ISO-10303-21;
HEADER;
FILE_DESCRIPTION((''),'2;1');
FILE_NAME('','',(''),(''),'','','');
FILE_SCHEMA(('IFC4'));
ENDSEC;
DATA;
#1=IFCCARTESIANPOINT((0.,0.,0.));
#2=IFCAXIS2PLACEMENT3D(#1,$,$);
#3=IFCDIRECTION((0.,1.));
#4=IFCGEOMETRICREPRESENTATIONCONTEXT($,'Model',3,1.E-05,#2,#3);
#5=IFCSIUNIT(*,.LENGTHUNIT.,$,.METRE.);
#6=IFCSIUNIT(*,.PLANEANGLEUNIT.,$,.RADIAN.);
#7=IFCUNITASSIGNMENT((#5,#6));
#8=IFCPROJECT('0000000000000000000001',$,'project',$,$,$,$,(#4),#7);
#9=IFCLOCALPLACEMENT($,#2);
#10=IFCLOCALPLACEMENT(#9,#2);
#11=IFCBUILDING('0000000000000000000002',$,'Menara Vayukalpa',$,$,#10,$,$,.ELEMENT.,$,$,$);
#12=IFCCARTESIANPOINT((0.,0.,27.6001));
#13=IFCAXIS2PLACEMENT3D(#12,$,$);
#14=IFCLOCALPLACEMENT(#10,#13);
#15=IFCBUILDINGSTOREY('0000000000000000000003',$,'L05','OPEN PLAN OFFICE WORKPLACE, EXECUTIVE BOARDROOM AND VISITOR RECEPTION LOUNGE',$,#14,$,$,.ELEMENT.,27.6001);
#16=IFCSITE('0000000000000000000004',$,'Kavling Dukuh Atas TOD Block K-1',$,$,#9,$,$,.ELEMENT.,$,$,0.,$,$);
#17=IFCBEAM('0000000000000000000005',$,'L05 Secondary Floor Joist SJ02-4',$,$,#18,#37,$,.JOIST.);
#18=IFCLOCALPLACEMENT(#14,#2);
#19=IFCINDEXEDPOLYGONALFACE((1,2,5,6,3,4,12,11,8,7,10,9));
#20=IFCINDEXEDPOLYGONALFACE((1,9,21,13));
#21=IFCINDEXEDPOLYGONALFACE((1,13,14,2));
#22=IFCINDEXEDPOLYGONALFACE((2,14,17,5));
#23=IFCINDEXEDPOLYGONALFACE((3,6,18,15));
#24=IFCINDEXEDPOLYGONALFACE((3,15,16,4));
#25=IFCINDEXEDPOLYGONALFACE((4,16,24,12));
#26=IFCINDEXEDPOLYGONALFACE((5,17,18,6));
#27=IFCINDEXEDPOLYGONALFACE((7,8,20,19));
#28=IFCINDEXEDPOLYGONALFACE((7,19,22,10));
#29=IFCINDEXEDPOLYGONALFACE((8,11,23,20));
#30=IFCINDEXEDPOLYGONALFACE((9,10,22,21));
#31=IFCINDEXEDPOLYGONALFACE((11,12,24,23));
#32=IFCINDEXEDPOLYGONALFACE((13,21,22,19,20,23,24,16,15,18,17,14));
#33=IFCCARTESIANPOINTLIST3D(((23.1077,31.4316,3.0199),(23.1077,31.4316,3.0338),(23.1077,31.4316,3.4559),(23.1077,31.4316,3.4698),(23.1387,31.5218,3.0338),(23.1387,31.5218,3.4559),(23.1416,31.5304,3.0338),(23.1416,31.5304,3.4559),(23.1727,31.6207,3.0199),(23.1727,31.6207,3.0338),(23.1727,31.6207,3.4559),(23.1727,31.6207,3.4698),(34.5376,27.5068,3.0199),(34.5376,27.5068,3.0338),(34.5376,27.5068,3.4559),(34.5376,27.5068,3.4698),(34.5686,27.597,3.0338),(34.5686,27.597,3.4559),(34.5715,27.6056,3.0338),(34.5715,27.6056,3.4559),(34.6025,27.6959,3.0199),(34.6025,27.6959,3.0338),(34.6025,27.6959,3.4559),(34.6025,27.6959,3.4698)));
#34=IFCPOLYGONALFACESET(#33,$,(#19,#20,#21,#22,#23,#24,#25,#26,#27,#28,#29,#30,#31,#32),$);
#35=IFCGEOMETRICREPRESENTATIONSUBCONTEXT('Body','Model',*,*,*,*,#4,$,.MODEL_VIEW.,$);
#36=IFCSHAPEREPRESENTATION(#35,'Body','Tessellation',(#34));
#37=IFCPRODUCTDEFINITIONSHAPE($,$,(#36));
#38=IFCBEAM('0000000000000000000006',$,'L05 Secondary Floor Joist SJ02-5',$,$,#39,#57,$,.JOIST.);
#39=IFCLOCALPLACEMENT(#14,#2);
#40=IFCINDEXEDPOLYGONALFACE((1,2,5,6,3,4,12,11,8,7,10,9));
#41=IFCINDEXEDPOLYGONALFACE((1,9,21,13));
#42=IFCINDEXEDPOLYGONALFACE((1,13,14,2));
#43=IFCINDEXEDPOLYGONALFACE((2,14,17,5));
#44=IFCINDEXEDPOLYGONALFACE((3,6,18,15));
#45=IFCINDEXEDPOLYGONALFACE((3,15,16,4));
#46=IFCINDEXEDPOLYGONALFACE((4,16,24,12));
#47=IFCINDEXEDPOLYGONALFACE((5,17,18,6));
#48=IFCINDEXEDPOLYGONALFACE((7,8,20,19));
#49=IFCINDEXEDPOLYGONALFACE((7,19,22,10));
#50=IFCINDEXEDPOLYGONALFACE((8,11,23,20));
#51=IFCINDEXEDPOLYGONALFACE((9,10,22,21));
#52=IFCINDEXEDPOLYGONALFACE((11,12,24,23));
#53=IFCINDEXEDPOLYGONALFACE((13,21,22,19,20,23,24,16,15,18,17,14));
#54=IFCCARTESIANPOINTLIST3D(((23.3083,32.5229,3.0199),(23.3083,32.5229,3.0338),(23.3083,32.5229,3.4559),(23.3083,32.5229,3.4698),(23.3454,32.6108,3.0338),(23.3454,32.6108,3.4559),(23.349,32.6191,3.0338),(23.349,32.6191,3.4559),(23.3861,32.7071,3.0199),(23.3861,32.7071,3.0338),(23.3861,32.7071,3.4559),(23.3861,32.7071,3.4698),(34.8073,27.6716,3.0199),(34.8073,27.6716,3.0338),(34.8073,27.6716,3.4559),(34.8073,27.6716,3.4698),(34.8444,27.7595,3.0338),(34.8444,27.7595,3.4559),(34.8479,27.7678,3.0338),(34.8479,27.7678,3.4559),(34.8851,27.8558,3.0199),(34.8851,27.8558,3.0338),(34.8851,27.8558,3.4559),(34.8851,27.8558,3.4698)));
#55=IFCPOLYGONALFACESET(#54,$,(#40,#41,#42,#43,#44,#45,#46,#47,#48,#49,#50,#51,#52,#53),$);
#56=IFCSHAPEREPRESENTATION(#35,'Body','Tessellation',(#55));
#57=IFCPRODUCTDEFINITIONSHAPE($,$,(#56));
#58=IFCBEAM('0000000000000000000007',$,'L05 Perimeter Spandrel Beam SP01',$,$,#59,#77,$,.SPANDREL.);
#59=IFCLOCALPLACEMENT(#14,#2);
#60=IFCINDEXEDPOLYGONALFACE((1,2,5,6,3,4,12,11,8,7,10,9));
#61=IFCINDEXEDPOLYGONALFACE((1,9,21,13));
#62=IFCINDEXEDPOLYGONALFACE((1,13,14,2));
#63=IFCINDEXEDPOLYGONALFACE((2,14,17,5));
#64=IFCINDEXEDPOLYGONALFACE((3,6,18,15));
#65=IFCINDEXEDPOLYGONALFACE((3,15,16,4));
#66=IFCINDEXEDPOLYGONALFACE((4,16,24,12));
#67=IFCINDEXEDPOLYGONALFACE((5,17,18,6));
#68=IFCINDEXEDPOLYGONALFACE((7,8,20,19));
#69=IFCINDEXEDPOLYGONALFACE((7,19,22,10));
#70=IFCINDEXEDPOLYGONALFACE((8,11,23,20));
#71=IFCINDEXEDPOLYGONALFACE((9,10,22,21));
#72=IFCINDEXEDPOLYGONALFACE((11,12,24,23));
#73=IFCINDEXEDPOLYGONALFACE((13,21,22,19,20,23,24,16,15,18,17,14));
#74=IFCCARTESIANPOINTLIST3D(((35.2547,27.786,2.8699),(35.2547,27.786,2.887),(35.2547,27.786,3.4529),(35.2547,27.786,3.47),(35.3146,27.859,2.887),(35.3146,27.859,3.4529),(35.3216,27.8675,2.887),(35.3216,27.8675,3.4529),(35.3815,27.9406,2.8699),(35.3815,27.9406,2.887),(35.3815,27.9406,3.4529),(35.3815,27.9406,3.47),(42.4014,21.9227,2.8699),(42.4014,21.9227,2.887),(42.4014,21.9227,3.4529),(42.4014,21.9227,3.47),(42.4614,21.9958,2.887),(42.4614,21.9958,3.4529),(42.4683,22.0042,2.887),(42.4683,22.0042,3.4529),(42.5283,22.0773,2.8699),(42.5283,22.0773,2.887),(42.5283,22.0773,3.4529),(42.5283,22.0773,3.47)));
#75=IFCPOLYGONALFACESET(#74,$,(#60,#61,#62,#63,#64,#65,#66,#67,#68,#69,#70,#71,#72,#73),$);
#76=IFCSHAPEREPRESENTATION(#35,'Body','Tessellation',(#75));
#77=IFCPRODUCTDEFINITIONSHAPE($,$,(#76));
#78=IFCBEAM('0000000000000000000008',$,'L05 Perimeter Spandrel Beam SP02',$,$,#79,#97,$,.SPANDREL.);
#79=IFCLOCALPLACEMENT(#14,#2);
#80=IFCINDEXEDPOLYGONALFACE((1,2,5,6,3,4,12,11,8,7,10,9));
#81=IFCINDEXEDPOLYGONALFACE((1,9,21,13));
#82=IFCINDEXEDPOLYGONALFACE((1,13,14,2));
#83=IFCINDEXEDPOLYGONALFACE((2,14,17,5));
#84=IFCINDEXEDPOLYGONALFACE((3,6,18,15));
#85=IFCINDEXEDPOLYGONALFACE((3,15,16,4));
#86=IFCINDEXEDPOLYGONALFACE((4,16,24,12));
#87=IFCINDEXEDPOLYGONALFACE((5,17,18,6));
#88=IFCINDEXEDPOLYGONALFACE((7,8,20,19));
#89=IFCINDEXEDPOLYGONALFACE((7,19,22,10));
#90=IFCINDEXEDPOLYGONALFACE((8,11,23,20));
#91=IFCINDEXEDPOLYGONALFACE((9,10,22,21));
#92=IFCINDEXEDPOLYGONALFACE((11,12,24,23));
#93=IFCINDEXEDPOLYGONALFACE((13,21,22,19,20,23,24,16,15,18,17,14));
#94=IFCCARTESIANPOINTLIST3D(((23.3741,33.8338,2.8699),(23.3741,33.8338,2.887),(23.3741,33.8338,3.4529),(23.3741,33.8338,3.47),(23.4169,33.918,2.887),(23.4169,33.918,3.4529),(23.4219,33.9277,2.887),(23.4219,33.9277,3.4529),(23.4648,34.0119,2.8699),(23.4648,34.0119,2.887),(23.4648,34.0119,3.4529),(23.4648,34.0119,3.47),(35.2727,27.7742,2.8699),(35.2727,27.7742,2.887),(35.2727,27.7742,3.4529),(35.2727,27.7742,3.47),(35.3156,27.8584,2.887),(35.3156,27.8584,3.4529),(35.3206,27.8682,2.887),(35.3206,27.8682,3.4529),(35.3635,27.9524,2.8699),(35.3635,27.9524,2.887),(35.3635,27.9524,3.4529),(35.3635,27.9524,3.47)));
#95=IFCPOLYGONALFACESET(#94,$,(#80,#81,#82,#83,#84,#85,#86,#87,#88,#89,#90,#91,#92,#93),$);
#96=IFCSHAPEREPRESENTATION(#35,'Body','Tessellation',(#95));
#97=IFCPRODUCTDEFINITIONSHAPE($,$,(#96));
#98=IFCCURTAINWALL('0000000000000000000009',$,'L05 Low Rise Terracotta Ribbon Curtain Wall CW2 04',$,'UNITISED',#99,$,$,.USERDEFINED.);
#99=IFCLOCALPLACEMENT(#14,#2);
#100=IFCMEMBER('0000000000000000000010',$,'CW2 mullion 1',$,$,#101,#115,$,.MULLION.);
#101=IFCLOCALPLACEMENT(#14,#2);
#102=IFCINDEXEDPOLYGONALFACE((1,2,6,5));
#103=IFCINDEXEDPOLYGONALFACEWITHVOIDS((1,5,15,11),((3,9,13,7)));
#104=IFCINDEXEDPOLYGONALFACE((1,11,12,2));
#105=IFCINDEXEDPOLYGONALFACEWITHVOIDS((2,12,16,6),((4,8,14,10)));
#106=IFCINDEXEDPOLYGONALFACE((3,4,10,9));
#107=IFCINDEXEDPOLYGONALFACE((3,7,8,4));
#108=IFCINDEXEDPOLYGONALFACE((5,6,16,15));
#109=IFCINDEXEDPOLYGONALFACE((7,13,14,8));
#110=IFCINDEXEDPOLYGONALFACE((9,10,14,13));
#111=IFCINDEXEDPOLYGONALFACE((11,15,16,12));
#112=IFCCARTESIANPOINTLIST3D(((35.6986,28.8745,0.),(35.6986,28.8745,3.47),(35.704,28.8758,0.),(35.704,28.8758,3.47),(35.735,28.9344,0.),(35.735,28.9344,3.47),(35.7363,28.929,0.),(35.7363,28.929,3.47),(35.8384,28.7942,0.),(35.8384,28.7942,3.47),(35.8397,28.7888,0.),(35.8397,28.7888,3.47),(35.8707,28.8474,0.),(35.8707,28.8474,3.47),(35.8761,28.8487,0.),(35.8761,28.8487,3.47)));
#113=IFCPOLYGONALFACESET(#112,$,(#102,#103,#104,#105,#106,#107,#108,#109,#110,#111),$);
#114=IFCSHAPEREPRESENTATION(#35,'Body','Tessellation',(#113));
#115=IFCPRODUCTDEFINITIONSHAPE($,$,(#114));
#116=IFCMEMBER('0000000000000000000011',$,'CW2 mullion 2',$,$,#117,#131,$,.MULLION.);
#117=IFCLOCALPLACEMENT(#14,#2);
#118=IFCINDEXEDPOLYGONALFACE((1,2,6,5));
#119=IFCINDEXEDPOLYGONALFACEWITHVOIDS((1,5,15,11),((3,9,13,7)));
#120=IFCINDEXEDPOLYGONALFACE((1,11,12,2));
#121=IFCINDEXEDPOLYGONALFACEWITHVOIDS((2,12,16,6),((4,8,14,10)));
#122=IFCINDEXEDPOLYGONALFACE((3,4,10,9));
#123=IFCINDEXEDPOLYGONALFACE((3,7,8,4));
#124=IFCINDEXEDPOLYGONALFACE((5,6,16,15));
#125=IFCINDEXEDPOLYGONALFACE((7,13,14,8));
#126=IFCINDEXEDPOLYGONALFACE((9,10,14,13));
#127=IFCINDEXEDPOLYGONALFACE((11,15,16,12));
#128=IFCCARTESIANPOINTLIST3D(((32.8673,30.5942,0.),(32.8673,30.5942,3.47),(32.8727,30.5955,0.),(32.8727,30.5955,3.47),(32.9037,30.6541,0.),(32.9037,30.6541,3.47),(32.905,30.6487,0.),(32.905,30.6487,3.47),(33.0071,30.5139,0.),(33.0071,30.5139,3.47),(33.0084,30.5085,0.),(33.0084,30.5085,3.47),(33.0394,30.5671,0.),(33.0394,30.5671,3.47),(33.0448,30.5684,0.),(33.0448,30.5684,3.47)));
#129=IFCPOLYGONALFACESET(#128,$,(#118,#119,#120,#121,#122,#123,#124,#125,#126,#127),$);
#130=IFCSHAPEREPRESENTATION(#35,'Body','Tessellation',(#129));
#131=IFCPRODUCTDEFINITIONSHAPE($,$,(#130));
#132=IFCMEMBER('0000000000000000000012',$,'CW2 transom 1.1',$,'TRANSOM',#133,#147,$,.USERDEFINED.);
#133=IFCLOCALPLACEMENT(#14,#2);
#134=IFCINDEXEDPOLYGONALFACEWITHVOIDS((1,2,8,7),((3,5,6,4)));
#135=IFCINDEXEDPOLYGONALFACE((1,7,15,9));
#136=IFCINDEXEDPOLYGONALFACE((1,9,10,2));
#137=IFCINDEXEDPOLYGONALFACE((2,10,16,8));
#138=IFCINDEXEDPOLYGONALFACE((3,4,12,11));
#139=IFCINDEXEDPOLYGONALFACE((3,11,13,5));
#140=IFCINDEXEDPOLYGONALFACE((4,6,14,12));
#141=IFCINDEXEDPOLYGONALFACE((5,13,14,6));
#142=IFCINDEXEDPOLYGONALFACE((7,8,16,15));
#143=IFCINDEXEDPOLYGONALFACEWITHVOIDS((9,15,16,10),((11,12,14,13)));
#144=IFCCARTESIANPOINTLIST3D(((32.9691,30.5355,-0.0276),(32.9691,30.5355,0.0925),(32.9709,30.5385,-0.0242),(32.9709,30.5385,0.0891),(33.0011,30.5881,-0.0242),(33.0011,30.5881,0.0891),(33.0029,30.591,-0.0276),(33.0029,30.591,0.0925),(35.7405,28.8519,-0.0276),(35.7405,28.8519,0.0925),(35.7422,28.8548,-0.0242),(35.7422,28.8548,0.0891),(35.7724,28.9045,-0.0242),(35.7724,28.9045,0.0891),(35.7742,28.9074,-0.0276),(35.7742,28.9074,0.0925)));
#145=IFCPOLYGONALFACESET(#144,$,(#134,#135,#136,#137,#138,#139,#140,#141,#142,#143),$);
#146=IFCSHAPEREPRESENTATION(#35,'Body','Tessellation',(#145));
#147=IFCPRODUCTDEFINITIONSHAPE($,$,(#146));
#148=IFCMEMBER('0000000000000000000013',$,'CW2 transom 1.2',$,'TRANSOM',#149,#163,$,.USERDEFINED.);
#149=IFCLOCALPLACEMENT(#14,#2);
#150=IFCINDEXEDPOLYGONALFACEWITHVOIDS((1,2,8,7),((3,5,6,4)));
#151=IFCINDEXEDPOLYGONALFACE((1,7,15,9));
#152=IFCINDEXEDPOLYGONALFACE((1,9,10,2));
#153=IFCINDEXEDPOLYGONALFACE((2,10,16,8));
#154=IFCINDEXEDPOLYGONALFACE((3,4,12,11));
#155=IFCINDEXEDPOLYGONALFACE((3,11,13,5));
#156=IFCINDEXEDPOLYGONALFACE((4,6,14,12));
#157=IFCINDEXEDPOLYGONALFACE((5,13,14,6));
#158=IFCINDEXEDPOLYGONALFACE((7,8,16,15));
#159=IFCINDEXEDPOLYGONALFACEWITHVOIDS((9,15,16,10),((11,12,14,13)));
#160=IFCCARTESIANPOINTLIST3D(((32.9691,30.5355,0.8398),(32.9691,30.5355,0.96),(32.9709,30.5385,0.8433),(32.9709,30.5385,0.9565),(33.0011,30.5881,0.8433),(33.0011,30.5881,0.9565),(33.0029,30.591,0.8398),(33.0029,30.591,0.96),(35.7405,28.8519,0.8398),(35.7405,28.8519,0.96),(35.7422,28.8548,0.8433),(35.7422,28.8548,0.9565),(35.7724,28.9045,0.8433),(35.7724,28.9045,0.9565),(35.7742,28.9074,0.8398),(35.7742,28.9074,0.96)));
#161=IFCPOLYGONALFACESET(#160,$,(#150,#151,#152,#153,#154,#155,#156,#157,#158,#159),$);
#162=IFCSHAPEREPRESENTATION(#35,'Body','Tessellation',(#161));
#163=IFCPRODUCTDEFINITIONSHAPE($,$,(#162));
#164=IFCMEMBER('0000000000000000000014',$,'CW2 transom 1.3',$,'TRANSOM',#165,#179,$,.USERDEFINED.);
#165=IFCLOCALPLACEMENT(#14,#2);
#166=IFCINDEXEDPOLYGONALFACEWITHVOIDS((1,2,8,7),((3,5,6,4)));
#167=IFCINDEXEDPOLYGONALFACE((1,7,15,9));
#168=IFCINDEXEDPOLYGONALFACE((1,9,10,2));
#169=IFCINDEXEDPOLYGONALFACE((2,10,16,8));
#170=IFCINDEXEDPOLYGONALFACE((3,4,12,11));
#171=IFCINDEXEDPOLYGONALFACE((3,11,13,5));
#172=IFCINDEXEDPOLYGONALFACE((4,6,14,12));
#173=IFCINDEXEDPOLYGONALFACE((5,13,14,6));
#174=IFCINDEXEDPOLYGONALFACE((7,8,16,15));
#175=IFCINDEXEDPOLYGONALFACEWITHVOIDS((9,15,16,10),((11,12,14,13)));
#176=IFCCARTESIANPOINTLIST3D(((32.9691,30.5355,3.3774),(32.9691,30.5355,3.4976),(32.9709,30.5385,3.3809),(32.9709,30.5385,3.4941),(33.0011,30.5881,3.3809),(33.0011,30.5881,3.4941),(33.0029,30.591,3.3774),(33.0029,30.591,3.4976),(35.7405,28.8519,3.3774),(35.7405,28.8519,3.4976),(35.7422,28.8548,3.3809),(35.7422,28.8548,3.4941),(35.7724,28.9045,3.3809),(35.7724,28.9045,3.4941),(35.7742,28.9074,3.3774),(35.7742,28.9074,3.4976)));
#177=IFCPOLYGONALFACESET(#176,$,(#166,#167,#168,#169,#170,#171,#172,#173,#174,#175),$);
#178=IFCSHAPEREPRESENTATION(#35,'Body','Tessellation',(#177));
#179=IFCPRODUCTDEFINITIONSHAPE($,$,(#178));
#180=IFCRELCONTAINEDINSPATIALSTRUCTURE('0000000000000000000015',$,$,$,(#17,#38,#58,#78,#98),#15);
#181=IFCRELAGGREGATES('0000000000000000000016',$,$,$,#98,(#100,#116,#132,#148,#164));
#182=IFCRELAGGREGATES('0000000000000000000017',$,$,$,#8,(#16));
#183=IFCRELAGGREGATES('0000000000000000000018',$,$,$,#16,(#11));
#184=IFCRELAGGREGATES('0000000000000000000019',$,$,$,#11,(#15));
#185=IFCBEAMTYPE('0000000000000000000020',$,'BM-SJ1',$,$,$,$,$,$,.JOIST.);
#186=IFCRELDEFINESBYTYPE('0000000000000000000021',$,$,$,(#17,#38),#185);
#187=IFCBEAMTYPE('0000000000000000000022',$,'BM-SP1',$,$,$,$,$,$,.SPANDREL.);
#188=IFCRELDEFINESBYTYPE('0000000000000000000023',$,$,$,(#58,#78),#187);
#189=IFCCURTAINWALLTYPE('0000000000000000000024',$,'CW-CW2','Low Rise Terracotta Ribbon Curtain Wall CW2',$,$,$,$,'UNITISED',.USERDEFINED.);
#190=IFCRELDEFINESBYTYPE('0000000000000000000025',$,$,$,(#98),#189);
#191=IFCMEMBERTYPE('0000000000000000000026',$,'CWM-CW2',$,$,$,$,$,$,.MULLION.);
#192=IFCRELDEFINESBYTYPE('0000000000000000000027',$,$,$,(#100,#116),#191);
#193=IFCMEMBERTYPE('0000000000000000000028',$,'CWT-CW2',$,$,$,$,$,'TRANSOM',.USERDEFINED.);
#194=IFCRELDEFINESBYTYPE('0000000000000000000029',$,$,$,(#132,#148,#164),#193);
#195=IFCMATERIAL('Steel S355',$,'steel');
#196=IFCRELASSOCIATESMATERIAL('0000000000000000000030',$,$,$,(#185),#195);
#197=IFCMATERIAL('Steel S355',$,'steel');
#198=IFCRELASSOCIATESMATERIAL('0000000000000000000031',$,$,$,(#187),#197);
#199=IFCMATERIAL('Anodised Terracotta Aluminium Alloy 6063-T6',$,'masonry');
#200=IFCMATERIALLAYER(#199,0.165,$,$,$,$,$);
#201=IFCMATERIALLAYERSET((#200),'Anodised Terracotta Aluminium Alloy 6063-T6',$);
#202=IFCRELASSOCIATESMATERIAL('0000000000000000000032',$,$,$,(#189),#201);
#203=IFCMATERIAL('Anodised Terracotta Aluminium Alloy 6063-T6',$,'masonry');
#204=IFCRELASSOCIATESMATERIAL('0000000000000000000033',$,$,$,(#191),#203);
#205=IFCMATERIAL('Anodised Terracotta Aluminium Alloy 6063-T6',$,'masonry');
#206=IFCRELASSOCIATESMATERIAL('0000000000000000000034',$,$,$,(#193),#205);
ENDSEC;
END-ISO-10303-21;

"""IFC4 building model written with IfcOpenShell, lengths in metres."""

from ifc_helpers import new_model, si_unit, direction, frame, origin, origin_2d, place, context, subcontext, project, spatial, hollow_rectangle, i_section, extrude, material, layer, layer_set, material_profile, profile_set, type_object, element, aggregate, save


model = new_model("IFC4")

# Units and contexts
model_context = context("Model", 3, precision=1e-05, world=origin(), true_north=direction((0.0, 1.0)))
body_context = subcontext(model_context, "Body", "Model", "MODEL_VIEW")
ifc_project = project(units=[si_unit("LENGTHUNIT", "METRE"), si_unit("PLANEANGLEUNIT", "RADIAN")], contexts=[model_context])

# Site, building, storey
site_placement = place(None, origin())
site = spatial("IfcSite", under=ifc_project, at=site_placement, Name="Kavling Dukuh Atas TOD Block K-1", CompositionType="ELEMENT", RefElevation=0.0)
building_placement = place(site_placement, origin())
building = spatial("IfcBuilding", under=site, at=building_placement, Name="Menara Vayukalpa", CompositionType="ELEMENT")
storey_placement = place(building_placement, frame((0.0, 0.0, 27.6001)))
storey = spatial("IfcBuildingStorey", under=building, at=storey_placement, Name="L05", Description="OPEN PLAN OFFICE WORKPLACE, EXECUTIVE BOARDROOM AND VISITOR RECEPTION LOUNGE", CompositionType="ELEMENT", Elevation=27.6001)

# Beams
ifc_material_1 = material(Name="Steel S355", Category="steel")
ifc_material_profile_1 = material_profile(ifc_material_1, i_section(OverallWidth=0.2, OverallDepth=0.45, WebThickness=0.009, FlangeThickness=0.0139, at=origin_2d()), Name="WF 450x200x9x14")
ifc_profile_set_1 = profile_set([ifc_material_profile_1], Name="Steel S355")
beam_type_1 = type_object("IfcBeamType", Name="BM-SJ1", PredefinedType="JOIST", material=ifc_profile_set_1)
beam_1_placement = place(storey_placement, frame((34.5701, 27.6013, 3.2449), z_axis=(-0.945794, 0.324766, 0.0), x_axis=(-0.324766, -0.945794, 0.0)))
element("IfcBeam", 1, at=beam_1_placement, inside=storey, type_object=beam_type_1, Name="L05 Secondary Floor Joist SJ02-4", PredefinedType="JOIST", context=body_context, shape_type="SweptSolid", body=[
    extrude(i_section(OverallWidth=0.2, OverallDepth=0.45, WebThickness=0.009, FlangeThickness=0.0139, at=origin_2d()), origin(), (0.0, 0.0, 1.0), 12.085),
])
beam_2_placement = place(storey_placement, frame((34.8462, 27.7637, 3.2449), z_axis=(-0.921359, 0.388712, 0.0), x_axis=(-0.388712, -0.921359, 0.0)))
element("IfcBeam", 2, at=beam_2_placement, inside=storey, type_object=beam_type_1, Name="L05 Secondary Floor Joist SJ02-5", PredefinedType="JOIST", context=body_context, shape_type="SweptSolid", body=[
    extrude(i_section(OverallWidth=0.2, OverallDepth=0.45, WebThickness=0.009, FlangeThickness=0.0139, at=origin_2d()), origin(), (0.0, 0.0, 1.0), 12.4805),
])
ifc_material_2 = material(Name="Steel S355", Category="steel")
ifc_material_profile_2 = material_profile(ifc_material_2, i_section(OverallWidth=0.2, OverallDepth=0.6001, WebThickness=0.011, FlangeThickness=0.0171, at=origin_2d()), Name="WF 600x200x11x17")
ifc_profile_set_2 = profile_set([ifc_material_profile_2], Name="Steel S355")
beam_type_2 = type_object("IfcBeamType", Name="BM-SP1", PredefinedType="SPANDREL", material=ifc_profile_set_2)
beam_3_placement = place(storey_placement, frame((42.4648, 22.0, 3.1699), z_axis=(-0.773111, 0.634271, 0.0), x_axis=(-0.634271, -0.773111, 0.0)))
element("IfcBeam", 3, at=beam_3_placement, inside=storey, type_object=beam_type_2, Name="L05 Perimeter Spandrel Beam SP01", PredefinedType="SPANDREL", context=body_context, shape_type="SweptSolid", body=[
    extrude(i_section(OverallWidth=0.2, OverallDepth=0.6001, WebThickness=0.011, FlangeThickness=0.0171, at=origin_2d()), origin(), (0.0, 0.0, 1.0), 9.2441),
])
beam_4_placement = place(storey_placement, frame((35.3181, 27.8633, 3.1699), z_axis=(-0.891101, 0.453806, 0.0), x_axis=(-0.453806, -0.891101, 0.0)))
element("IfcBeam", 4, at=beam_4_placement, inside=storey, type_object=beam_type_2, Name="L05 Perimeter Spandrel Beam SP02", PredefinedType="SPANDREL", context=body_context, shape_type="SweptSolid", body=[
    extrude(i_section(OverallWidth=0.2, OverallDepth=0.6001, WebThickness=0.011, FlangeThickness=0.0171, at=origin_2d()), origin(), (0.0, 0.0, 1.0), 13.3528),
])

# Curtain wall, members
ifc_material_3 = material(Name="Anodised Terracotta Aluminium Alloy 6063-T6", Category="masonry")
ifc_layer_1 = layer(ifc_material_3, 0.165)
ifc_layer_set_1 = layer_set([ifc_layer_1], Name="Anodised Terracotta Aluminium Alloy 6063-T6")
curtain_wall_type = type_object("IfcCurtainWallType", Name="CW-CW2", Description="Low Rise Terracotta Ribbon Curtain Wall CW2", ElementType="UNITISED", PredefinedType="USERDEFINED", material=ifc_layer_set_1)
curtain_wall_placement = place(storey_placement, origin())
curtain_wall = element("IfcCurtainWall", 5, at=curtain_wall_placement, inside=storey, type_object=curtain_wall_type, Name="L05 Low Rise Terracotta Ribbon Curtain Wall CW2 04", ObjectType="UNITISED", PredefinedType="USERDEFINED")
ifc_material_4 = material(Name="Anodised Terracotta Aluminium Alloy 6063-T6", Category="masonry")
ifc_material_profile_3 = material_profile(ifc_material_4, hollow_rectangle(XDim=0.0701, YDim=0.165, WallThickness=0.0039, at=origin_2d()), Name="ALU 70x165x4")
ifc_profile_set_3 = profile_set([ifc_material_profile_3], Name="Anodised Terracotta Aluminium Alloy 6063-T6")
member_type_1 = type_object("IfcMemberType", Name="CWM-CW2", PredefinedType="MULLION", material=ifc_profile_set_3)
member_1_placement = place(storey_placement, frame((35.7874, 28.8616, 0.0), z_axis=(0.0, 0.0, 1.0), x_axis=(-0.519182, -0.854664, 0.0)))
member_1 = element("IfcMember", 6, at=member_1_placement, type_object=member_type_1, Name="CW2 mullion 1", PredefinedType="MULLION", context=body_context, shape_type="SweptSolid", body=[
    extrude(hollow_rectangle(XDim=0.0701, YDim=0.165, WallThickness=0.0039, at=origin_2d()), origin(), (0.0, 0.0, 1.0), 3.47),
])
member_2_placement = place(storey_placement, frame((32.9561, 30.5813, 0.0), z_axis=(0.0, 0.0, 1.0), x_axis=(-0.519182, -0.854664, 0.0)))
member_2 = element("IfcMember", 7, at=member_2_placement, type_object=member_type_1, Name="CW2 mullion 2", PredefinedType="MULLION", context=body_context, shape_type="SweptSolid", body=[
    extrude(hollow_rectangle(XDim=0.0701, YDim=0.165, WallThickness=0.0039, at=origin_2d()), origin(), (0.0, 0.0, 1.0), 3.47),
])
ifc_material_5 = material(Name="Anodised Terracotta Aluminium Alloy 6063-T6", Category="masonry")
ifc_material_profile_4 = material_profile(ifc_material_5, hollow_rectangle(XDim=0.0649, YDim=0.1201, WallThickness=0.0034, at=origin_2d()), Name="ALU 65x120x3.5")
ifc_profile_set_4 = profile_set([ifc_material_profile_4], Name="Anodised Terracotta Aluminium Alloy 6063-T6")
member_type_2 = type_object("IfcMemberType", Name="CWT-CW2", ElementType="TRANSOM", PredefinedType="USERDEFINED", material=ifc_profile_set_4)
member_3_placement = place(storey_placement, frame((35.7573, 28.8796, 0.0325), z_axis=(-0.854643, 0.519216, 0.0), x_axis=(-0.519216, -0.854643, 0.0)))
member_3 = element("IfcMember", 8, at=member_3_placement, type_object=member_type_2, Name="CW2 transom 1.1", ObjectType="TRANSOM", PredefinedType="USERDEFINED", context=body_context, shape_type="SweptSolid", body=[
    extrude(hollow_rectangle(XDim=0.0649, YDim=0.1201, WallThickness=0.0034, at=origin_2d()), origin(), (0.0, 0.0, 1.0), 3.2427),
])
member_4_placement = place(storey_placement, frame((35.7573, 28.8796, 0.8999), z_axis=(-0.854643, 0.519216, 0.0), x_axis=(-0.519216, -0.854643, 0.0)))
member_4 = element("IfcMember", 9, at=member_4_placement, type_object=member_type_2, Name="CW2 transom 1.2", ObjectType="TRANSOM", PredefinedType="USERDEFINED", context=body_context, shape_type="SweptSolid", body=[
    extrude(hollow_rectangle(XDim=0.0649, YDim=0.1201, WallThickness=0.0034, at=origin_2d()), origin(), (0.0, 0.0, 1.0), 3.2427),
])
member_5_placement = place(storey_placement, frame((35.7573, 28.8796, 3.4375), z_axis=(-0.854643, 0.519216, 0.0), x_axis=(-0.519216, -0.854643, 0.0)))
member_5 = element("IfcMember", 10, at=member_5_placement, type_object=member_type_2, Name="CW2 transom 1.3", ObjectType="TRANSOM", PredefinedType="USERDEFINED", context=body_context, shape_type="SweptSolid", body=[
    extrude(hollow_rectangle(XDim=0.0649, YDim=0.1201, WallThickness=0.0034, at=origin_2d()), origin(), (0.0, 0.0, 1.0), 3.2427),
])
aggregate(curtain_wall, [member_1, member_2, member_3, member_4, member_5])

save(model, "model.ifc")
